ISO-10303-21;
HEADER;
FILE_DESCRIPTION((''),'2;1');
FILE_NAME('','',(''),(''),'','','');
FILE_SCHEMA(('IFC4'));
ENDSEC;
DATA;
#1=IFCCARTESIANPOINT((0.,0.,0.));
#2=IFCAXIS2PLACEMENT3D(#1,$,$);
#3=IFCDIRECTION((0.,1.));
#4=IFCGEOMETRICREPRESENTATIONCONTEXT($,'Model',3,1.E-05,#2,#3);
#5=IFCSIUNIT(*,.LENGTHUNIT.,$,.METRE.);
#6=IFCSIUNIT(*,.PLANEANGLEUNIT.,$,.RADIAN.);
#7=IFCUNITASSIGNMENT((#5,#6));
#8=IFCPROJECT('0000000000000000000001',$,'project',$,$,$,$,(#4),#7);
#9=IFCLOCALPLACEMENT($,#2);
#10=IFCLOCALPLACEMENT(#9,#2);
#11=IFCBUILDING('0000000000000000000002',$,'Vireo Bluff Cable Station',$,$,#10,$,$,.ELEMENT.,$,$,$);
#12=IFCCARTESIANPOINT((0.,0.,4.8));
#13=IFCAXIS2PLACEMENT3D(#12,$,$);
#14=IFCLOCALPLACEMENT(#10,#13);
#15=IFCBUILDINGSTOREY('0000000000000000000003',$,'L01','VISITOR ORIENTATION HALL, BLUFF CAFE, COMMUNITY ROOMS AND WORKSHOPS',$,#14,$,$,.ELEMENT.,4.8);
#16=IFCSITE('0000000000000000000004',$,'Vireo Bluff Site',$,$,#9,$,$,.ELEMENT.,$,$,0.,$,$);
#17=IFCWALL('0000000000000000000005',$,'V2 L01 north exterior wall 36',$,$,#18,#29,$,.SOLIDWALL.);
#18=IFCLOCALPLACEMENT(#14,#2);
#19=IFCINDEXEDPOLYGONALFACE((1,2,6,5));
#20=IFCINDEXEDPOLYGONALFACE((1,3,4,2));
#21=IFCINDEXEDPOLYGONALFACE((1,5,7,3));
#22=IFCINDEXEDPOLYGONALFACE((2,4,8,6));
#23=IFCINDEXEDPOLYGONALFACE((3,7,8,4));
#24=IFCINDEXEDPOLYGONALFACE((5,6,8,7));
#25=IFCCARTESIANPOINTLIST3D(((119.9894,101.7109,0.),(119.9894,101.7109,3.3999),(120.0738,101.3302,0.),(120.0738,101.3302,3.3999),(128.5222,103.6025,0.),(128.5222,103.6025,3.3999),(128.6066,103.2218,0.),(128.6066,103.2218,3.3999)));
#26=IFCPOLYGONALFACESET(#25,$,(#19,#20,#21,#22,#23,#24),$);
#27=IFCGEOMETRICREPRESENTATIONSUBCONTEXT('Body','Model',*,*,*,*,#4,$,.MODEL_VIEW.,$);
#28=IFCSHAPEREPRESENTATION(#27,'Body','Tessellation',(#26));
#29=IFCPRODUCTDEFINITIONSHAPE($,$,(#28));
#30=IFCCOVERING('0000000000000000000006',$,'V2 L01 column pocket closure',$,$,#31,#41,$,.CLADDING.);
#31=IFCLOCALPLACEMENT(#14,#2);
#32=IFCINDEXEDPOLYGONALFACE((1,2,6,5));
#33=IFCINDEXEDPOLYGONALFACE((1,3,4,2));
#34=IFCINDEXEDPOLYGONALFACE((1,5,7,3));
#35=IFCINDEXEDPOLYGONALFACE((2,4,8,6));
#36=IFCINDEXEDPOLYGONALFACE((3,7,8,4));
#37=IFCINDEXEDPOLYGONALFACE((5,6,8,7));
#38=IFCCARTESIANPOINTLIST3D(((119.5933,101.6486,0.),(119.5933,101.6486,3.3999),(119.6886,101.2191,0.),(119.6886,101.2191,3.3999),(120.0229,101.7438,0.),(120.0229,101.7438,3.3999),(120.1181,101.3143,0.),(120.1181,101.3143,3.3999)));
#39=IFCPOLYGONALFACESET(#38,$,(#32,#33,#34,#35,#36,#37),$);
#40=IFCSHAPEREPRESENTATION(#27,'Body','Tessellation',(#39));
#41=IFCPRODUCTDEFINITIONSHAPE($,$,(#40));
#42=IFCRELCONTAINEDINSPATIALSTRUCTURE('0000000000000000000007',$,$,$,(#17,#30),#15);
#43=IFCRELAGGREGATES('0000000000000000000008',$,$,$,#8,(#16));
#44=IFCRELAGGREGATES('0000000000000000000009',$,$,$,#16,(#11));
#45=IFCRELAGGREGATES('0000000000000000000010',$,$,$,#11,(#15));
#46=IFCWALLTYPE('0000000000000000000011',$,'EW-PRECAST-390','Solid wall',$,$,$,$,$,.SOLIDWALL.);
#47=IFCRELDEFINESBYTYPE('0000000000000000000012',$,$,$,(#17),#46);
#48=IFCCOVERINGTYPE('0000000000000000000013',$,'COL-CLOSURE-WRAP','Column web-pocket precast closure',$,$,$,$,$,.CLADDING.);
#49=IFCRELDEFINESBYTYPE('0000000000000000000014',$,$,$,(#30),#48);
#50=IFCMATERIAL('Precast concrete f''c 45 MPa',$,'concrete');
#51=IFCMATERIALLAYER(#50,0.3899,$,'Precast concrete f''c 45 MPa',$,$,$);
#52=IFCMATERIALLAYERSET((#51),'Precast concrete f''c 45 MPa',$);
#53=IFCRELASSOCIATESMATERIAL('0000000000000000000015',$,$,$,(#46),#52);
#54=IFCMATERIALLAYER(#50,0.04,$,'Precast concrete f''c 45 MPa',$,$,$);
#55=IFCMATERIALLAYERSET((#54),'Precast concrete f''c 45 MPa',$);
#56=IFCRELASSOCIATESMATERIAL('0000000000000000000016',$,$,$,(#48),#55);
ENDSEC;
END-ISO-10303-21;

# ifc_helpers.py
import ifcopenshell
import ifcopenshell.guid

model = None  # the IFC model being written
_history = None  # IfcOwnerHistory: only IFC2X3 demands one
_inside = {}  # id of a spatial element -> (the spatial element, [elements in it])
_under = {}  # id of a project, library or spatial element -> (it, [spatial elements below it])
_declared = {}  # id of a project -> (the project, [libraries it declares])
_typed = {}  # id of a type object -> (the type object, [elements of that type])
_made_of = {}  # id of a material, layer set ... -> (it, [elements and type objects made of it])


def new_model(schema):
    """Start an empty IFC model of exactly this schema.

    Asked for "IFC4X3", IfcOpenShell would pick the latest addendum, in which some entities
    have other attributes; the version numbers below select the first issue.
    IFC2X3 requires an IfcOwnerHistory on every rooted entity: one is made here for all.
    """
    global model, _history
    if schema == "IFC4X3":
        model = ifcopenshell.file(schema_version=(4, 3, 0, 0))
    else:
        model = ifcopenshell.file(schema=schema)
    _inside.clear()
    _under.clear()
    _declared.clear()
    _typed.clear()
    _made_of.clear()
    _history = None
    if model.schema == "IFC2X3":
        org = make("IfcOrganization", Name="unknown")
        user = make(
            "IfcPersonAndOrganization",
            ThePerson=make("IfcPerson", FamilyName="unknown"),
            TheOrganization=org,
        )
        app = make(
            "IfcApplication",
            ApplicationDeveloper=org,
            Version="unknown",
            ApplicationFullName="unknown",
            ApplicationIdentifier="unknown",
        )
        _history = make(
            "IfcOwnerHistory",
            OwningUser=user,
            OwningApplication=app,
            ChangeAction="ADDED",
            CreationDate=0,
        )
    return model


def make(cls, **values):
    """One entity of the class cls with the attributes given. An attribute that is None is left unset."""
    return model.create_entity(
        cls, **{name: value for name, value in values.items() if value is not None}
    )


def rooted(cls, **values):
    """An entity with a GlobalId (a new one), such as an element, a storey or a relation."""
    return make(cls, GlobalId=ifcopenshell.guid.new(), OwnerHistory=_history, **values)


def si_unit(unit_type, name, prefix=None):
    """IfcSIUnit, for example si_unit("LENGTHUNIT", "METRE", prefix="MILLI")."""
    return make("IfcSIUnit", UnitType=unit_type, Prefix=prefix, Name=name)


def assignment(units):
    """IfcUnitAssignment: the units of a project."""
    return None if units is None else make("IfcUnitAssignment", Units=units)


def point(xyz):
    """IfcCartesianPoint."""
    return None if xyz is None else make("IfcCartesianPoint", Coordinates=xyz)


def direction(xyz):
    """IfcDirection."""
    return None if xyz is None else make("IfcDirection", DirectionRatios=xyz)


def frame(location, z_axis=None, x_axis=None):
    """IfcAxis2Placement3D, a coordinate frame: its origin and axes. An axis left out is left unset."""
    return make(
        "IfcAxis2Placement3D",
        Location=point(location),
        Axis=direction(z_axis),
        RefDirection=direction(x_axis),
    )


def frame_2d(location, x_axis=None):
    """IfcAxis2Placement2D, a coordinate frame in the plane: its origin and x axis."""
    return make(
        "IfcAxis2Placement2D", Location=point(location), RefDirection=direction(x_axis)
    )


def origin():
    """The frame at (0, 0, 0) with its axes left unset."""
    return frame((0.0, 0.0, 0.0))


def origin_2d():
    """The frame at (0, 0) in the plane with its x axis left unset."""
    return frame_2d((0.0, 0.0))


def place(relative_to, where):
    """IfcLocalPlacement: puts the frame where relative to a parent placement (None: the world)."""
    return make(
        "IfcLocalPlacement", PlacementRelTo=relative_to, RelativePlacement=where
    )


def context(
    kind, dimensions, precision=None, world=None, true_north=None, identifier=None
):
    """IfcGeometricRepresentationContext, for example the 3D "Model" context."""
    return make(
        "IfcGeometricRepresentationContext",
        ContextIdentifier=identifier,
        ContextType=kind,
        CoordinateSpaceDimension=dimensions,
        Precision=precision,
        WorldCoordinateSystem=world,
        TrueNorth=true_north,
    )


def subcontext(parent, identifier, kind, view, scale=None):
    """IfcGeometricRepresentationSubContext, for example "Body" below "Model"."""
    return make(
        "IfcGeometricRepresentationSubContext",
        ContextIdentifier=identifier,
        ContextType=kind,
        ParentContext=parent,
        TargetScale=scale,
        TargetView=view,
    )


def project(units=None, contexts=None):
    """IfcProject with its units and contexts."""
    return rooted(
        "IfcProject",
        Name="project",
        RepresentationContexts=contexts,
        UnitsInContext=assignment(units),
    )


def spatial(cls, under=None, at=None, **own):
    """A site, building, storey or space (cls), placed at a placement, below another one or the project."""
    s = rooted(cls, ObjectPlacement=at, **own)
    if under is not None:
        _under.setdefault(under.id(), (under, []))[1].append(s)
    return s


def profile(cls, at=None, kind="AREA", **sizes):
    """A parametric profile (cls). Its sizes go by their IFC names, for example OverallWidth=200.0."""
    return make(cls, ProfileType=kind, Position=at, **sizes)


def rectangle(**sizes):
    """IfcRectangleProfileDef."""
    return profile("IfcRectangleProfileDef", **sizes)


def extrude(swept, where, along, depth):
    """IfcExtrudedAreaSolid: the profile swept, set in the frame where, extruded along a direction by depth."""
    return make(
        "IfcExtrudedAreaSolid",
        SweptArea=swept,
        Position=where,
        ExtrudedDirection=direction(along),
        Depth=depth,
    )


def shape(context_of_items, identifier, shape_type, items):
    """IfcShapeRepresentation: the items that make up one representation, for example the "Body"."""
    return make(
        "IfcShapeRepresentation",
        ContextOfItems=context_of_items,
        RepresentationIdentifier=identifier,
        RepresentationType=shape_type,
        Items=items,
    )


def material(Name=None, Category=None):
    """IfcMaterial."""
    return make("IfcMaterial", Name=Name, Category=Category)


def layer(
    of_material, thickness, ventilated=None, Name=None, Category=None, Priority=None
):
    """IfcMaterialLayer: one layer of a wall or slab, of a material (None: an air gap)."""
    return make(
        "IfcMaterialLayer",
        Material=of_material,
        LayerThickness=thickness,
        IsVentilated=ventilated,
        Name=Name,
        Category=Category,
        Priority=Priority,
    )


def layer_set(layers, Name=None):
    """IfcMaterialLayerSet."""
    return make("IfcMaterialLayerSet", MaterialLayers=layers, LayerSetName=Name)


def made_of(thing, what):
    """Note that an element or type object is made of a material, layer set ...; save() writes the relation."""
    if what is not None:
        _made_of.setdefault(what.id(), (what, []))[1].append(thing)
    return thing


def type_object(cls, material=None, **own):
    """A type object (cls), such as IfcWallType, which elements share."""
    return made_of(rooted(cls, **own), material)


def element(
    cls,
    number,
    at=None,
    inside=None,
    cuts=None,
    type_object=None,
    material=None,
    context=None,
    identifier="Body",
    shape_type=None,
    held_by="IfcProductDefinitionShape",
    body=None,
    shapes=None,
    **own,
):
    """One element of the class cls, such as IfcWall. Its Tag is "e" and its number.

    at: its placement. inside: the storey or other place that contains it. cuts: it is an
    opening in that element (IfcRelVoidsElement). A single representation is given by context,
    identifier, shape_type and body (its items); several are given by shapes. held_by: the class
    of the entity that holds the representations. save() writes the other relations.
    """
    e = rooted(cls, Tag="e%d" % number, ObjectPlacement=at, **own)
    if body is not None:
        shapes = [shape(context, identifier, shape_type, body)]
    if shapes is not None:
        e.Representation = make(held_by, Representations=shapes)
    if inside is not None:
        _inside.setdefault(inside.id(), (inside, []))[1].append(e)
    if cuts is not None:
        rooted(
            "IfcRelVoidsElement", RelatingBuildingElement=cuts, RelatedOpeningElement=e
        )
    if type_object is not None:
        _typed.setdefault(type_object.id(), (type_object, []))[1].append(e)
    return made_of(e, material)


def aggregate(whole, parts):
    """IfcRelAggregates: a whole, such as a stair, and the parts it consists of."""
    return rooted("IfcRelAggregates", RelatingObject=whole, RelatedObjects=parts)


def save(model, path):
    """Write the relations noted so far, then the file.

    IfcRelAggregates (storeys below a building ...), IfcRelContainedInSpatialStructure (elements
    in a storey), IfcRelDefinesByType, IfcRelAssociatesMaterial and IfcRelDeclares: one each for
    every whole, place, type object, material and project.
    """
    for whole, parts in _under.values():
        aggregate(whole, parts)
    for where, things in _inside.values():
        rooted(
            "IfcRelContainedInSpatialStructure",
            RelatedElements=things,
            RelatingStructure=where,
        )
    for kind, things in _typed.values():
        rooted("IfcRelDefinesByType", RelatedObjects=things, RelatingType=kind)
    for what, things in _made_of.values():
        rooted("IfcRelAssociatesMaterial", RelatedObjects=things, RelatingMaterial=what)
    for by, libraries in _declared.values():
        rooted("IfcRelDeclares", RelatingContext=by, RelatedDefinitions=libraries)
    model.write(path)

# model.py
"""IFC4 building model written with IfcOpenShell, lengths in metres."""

from ifc_helpers import new_model, si_unit, direction, frame, frame_2d, origin, origin_2d, place, context, subcontext, project, spatial, rectangle, extrude, material, layer, layer_set, type_object, element, save


model = new_model("IFC4")

# Units and contexts
model_context = context("Model", 3, precision=1e-05, world=origin(), true_north=direction((0.0, 1.0)))
body_context = subcontext(model_context, "Body", "Model", "MODEL_VIEW")
ifc_project = project(units=[si_unit("LENGTHUNIT", "METRE"), si_unit("PLANEANGLEUNIT", "RADIAN")], contexts=[model_context])

# Site, building, storey
site_placement = place(None, origin())
site = spatial("IfcSite", under=ifc_project, at=site_placement, Name="Vireo Bluff Site", CompositionType="ELEMENT", RefElevation=0.0)
building_placement = place(site_placement, origin())
building = spatial("IfcBuilding", under=site, at=building_placement, Name="Vireo Bluff Cable Station", CompositionType="ELEMENT")
storey_placement = place(building_placement, frame((0.0, 0.0, 4.8)))
storey = spatial("IfcBuildingStorey", under=building, at=storey_placement, Name="L01", Description="VISITOR ORIENTATION HALL, BLUFF CAFE, COMMUNITY ROOMS AND WORKSHOPS", CompositionType="ELEMENT", Elevation=4.8)

# Wall
ifc_material_1 = material(Name="Precast concrete f'c 45 MPa", Category="concrete")
ifc_layer_1 = layer(ifc_material_1, 0.3899, Name="Precast concrete f'c 45 MPa")
ifc_layer_set_1 = layer_set([ifc_layer_1], Name="Precast concrete f'c 45 MPa")
wall_type = type_object("IfcWallType", Name="EW-PRECAST-390", Description="Solid wall", PredefinedType="SOLIDWALL", material=ifc_layer_set_1)
wall_placement = place(storey_placement, frame((120.0315, 101.5205, 0.0), z_axis=(0.0, 0.0, 1.0), x_axis=(0.976297, 0.216434, 0.0)))
element("IfcWall", 1, at=wall_placement, inside=storey, type_object=wall_type, Name="V2 L01 north exterior wall 36", PredefinedType="SOLIDWALL", context=body_context, shape_type="SweptSolid", body=[
    extrude(rectangle(XDim=8.74, YDim=0.3899, at=frame_2d((4.3701, 0.0))), origin(), (0.0, 0.0, 1.0), 3.3999),
])

# Covering
ifc_layer_2 = layer(ifc_material_1, 0.04, Name="Precast concrete f'c 45 MPa")
ifc_layer_set_2 = layer_set([ifc_layer_2], Name="Precast concrete f'c 45 MPa")
covering_type = type_object("IfcCoveringType", Name="COL-CLOSURE-WRAP", Description="Column web-pocket precast closure", PredefinedType="CLADDING", material=ifc_layer_set_2)
covering_placement = place(storey_placement, frame((119.8557, 101.4814, 0.0), z_axis=(0.0, 0.0, 1.0), x_axis=(0.976296, 0.21644, 0.0)))
element("IfcCovering", 2, at=covering_placement, inside=storey, type_object=covering_type, Name="V2 L01 column pocket closure", PredefinedType="CLADDING", context=body_context, shape_type="SweptSolid", body=[
    extrude(rectangle(XDim=0.4399, YDim=0.4399, at=origin_2d()), origin(), (0.0, 0.0, 1.0), 3.3999),
])

save(model, "model.ifc")
